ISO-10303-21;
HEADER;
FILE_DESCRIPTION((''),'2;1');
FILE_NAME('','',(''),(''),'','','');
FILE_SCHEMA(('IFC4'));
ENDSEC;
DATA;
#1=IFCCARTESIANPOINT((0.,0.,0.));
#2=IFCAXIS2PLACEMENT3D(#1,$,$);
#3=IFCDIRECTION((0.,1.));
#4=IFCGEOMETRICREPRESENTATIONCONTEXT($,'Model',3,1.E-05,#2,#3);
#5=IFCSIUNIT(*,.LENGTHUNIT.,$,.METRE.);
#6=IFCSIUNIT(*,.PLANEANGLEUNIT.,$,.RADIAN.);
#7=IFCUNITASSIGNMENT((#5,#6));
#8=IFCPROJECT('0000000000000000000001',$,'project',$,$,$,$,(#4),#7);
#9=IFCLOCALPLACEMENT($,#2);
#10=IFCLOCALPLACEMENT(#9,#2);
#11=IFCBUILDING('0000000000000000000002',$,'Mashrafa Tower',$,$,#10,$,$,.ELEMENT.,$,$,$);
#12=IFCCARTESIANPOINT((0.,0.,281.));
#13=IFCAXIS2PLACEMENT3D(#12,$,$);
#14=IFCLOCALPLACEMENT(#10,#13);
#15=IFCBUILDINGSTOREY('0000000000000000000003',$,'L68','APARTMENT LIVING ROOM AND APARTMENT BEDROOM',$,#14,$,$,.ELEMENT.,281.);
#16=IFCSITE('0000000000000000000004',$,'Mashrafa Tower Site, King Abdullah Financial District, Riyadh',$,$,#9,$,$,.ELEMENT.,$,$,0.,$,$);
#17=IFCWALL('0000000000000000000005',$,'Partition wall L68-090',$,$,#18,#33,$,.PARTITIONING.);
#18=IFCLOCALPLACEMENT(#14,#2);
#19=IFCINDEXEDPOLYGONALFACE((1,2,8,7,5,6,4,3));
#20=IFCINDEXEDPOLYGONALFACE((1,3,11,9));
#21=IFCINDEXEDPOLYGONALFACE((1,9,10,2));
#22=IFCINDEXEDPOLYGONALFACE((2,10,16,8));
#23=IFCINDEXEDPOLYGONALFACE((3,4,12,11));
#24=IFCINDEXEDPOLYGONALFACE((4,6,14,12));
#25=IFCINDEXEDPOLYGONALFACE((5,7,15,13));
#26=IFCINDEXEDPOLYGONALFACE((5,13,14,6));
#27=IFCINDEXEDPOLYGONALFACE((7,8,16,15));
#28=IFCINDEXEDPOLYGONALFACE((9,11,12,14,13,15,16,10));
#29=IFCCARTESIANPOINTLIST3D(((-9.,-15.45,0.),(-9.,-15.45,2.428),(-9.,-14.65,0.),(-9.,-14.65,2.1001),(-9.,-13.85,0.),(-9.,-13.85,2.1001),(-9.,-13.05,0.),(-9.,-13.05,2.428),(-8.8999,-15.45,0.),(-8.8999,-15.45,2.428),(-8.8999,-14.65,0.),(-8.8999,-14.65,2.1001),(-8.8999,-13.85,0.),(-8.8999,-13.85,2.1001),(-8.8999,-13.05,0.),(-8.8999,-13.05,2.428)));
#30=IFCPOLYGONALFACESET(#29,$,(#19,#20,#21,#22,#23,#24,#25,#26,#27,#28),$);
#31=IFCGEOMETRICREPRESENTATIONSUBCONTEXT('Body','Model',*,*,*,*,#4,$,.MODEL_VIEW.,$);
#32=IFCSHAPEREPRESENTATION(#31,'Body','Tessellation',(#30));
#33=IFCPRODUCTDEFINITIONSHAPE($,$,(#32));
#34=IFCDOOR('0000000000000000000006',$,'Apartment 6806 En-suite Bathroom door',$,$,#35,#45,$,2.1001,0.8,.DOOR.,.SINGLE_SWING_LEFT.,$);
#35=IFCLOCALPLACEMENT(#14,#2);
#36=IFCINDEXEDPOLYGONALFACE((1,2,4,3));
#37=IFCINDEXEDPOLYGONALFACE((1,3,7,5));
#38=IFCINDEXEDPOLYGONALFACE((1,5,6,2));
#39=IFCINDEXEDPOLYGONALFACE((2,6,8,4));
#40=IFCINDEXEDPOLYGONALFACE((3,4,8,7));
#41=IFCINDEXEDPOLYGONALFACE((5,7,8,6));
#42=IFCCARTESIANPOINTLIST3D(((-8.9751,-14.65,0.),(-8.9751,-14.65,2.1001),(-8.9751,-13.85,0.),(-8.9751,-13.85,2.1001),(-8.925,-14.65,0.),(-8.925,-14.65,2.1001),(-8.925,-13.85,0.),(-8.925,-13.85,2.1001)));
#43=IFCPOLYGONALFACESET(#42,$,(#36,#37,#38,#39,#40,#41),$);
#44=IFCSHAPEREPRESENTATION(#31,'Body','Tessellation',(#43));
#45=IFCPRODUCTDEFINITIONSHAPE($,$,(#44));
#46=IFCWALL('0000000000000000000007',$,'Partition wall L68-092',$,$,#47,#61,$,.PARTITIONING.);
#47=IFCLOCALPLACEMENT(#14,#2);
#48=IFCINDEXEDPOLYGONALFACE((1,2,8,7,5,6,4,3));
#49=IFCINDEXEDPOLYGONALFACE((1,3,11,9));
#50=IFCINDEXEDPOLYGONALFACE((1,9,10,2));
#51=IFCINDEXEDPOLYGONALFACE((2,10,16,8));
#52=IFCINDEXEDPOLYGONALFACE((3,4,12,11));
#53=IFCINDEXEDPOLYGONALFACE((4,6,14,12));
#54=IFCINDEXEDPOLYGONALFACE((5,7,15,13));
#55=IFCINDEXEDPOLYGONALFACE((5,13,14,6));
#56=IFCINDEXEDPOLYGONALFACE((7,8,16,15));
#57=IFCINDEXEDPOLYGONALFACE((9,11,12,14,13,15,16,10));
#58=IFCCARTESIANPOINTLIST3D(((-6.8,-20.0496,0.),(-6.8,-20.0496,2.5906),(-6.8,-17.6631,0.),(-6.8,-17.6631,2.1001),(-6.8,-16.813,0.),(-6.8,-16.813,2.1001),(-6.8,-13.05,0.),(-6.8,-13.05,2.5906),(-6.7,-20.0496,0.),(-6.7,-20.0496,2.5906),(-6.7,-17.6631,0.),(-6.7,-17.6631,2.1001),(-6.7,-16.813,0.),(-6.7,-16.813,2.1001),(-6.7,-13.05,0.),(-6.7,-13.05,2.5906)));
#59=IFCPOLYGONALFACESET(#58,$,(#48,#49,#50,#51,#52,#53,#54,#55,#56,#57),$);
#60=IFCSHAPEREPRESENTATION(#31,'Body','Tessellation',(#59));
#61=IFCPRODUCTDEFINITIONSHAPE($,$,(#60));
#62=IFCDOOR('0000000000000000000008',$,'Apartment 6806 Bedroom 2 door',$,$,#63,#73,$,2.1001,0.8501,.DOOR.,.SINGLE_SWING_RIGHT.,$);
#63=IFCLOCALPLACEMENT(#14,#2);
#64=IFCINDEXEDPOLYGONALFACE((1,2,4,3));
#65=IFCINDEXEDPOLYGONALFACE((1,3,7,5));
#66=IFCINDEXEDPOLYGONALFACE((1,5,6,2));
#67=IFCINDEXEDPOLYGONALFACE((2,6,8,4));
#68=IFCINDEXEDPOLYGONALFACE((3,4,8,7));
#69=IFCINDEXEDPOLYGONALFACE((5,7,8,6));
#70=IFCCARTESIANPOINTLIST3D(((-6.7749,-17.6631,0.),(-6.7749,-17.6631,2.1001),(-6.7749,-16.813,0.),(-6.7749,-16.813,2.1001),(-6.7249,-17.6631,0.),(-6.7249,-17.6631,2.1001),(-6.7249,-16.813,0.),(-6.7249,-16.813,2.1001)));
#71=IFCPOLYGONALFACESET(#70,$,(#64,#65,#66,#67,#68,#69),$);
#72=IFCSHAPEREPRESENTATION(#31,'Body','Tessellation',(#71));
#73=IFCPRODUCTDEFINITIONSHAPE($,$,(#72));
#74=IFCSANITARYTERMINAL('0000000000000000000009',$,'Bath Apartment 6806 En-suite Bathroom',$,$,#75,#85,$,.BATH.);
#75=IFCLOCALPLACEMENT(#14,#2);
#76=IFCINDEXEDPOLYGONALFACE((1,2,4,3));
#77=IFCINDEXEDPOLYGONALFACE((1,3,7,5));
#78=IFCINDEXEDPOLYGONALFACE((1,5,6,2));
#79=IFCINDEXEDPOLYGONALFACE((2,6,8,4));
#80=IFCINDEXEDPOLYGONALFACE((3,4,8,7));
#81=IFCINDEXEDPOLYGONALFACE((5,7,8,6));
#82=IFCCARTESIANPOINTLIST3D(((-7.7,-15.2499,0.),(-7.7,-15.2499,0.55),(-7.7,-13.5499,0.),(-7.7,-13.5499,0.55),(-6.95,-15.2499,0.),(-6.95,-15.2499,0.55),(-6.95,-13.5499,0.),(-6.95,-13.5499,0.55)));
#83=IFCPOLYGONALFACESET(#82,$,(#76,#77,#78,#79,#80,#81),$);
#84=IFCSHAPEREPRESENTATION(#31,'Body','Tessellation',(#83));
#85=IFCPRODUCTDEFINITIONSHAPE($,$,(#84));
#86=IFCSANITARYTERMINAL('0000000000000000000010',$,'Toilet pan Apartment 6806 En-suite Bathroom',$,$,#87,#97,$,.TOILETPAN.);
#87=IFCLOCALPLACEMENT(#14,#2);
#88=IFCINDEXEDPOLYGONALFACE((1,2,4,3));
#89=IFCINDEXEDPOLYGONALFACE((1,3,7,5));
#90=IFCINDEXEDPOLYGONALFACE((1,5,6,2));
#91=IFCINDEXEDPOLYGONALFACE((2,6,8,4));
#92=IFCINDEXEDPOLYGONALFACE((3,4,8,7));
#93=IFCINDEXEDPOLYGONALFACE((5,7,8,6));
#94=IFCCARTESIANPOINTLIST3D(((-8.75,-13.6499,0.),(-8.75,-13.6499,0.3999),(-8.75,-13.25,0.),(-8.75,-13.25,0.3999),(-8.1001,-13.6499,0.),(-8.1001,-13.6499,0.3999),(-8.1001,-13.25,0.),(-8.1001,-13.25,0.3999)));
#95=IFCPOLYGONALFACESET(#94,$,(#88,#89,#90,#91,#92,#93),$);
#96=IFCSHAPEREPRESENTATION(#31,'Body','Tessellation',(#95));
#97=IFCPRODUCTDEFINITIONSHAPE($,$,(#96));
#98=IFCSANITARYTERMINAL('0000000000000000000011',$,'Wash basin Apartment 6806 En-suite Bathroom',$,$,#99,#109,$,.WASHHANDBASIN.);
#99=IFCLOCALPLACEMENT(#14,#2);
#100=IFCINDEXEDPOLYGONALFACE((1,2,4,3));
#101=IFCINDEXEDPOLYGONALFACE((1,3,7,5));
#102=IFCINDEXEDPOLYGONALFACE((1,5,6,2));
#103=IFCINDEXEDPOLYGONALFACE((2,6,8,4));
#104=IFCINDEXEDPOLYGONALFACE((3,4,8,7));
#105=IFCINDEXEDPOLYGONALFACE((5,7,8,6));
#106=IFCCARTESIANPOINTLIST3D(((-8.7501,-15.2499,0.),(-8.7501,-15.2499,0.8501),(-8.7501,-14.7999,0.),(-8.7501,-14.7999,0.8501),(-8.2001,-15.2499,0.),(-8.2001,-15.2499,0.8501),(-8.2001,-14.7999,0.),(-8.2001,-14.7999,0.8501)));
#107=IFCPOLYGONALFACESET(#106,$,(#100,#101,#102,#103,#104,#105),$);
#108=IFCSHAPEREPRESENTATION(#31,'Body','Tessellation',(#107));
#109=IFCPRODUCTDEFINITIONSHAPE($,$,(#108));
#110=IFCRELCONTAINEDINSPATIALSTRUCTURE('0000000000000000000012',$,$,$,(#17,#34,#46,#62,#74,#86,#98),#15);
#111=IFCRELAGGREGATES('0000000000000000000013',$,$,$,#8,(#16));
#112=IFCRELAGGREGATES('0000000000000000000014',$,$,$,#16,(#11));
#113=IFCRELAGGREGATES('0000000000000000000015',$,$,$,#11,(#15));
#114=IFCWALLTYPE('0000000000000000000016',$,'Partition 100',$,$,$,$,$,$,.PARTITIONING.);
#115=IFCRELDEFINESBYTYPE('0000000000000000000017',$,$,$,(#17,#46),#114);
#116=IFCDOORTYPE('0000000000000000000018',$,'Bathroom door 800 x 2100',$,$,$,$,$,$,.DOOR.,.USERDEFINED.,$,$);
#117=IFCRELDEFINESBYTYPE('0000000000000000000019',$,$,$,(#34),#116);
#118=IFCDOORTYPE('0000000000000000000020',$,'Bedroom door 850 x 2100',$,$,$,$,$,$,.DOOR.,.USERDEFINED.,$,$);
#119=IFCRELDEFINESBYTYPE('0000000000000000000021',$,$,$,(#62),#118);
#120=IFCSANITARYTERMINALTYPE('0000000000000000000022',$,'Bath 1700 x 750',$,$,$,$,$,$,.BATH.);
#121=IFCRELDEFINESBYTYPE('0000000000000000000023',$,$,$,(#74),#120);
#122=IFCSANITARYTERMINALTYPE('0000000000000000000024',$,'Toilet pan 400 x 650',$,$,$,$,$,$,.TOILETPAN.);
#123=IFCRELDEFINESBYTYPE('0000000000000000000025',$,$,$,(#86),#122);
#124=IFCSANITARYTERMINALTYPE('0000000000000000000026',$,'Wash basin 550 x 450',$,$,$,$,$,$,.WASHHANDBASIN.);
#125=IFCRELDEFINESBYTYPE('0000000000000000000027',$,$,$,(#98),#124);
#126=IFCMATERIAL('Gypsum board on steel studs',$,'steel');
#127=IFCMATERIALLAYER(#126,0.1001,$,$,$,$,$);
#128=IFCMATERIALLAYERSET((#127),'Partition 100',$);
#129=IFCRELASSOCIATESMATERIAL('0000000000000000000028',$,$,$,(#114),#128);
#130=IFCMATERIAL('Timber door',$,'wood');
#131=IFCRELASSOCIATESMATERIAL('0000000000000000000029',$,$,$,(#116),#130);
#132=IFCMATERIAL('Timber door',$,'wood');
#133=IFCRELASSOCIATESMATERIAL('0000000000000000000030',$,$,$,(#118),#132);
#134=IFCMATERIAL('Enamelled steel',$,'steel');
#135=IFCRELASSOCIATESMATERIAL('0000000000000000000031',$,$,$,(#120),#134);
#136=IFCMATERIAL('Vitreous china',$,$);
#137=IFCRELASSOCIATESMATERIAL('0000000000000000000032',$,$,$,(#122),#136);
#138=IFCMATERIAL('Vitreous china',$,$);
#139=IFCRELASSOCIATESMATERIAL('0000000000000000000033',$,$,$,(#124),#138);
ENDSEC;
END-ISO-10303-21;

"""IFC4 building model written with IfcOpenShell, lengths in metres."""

from ifc_helpers import new_model, si_unit, direction, frame, frame_2d, origin, origin_2d, place, context, subcontext, project, spatial, rectangle, extrude, material, layer, layer_set, type_object, element, fill, save


model = new_model("IFC4")

# Units and contexts
model_context = context("Model", 3, precision=1e-05, world=origin(), true_north=direction((0.0, 1.0)))
body_context = subcontext(model_context, "Body", "Model", "MODEL_VIEW")
ifc_project = project(units=[si_unit("LENGTHUNIT", "METRE"), si_unit("PLANEANGLEUNIT", "RADIAN")], contexts=[model_context])

# Site, building, storey
site_placement = place(None, origin())
site = spatial("IfcSite", under=ifc_project, at=site_placement, Name="Mashrafa Tower Site, King Abdullah Financial District, Riyadh", CompositionType="ELEMENT", RefElevation=0.0)
building_placement = place(site_placement, origin())
building = spatial("IfcBuilding", under=site, at=building_placement, Name="Mashrafa Tower", CompositionType="ELEMENT")
storey_placement = place(building_placement, frame((0.0, 0.0, 281.0)))
storey = spatial("IfcBuildingStorey", under=building, at=storey_placement, Name="L68", Description="APARTMENT LIVING ROOM AND APARTMENT BEDROOM", CompositionType="ELEMENT", Elevation=281.0)

# Walls, openings, doors
ifc_material_1 = material(Name="Gypsum board on steel studs", Category="steel")
ifc_layer_1 = layer(ifc_material_1, 0.1001)
ifc_layer_set_1 = layer_set([ifc_layer_1], Name="Partition 100")
wall_type_1 = type_object("IfcWallType", Name="Partition 100", PredefinedType="PARTITIONING", material=ifc_layer_set_1)
wall_1_placement = place(storey_placement, frame((-8.95, -13.05, 0.0), z_axis=(0.0, 0.0, 1.0), x_axis=(0.0, -1.0, 0.0)))
wall_1 = element("IfcWall", 1, at=wall_1_placement, inside=storey, type_object=wall_type_1, Name="Partition wall L68-090", PredefinedType="PARTITIONING", context=body_context, shape_type="SweptSolid", body=[
    extrude(rectangle(XDim=2.3999, YDim=0.1001, at=frame_2d((1.2, 0.0))), origin(), (0.0, 0.0, 1.0), 2.428),
])
opening_1_placement = place(wall_1_placement, frame((0.8, 0.0, 0.0)))
opening_1 = element("IfcOpeningElement", 2, at=opening_1_placement, cuts=wall_1, PredefinedType="OPENING", context=body_context, shape_type="SweptSolid", body=[
    extrude(rectangle(XDim=0.8, YDim=2.1001, at=frame_2d((0.3999, 1.05))), frame((0.0, 0.0601, 0.0), z_axis=(0.0, -1.0, 0.0), x_axis=(1.0, 0.0, 0.0)), (0.0, 0.0, 1.0), 0.1201),
])
ifc_material_2 = material(Name="Timber door", Category="wood")
door_type_1 = type_object("IfcDoorType", Name="Bathroom door 800 x 2100", OperationType="USERDEFINED", PredefinedType="DOOR", material=ifc_material_2)
door_1_placement = place(opening_1_placement, origin())
door_1 = element("IfcDoor", 3, at=door_1_placement, inside=storey, type_object=door_type_1, Name="Apartment 6806 En-suite Bathroom door", OperationType="SINGLE_SWING_LEFT", OverallHeight=2.1001, OverallWidth=0.8, PredefinedType="DOOR", context=body_context, shape_type="SweptSolid", body=[
    extrude(rectangle(XDim=0.8, YDim=2.1001, at=frame_2d((0.3999, 1.05))), frame((0.0, 0.0249, 0.0), z_axis=(0.0, -1.0, 0.0), x_axis=(1.0, 0.0, 0.0)), (0.0, 0.0, 1.0), 0.05),
])
fill(opening_1, door_1)
wall_2_placement = place(storey_placement, frame((-6.75, -13.05, 0.0), z_axis=(0.0, 0.0, 1.0), x_axis=(0.0, -1.0, 0.0)))
wall_2 = element("IfcWall", 4, at=wall_2_placement, inside=storey, type_object=wall_type_1, Name="Partition wall L68-092", PredefinedType="PARTITIONING", context=body_context, shape_type="SweptSolid", body=[
    extrude(rectangle(XDim=6.9995, YDim=0.1001, at=frame_2d((3.4998, 0.0))), origin(), (0.0, 0.0, 1.0), 2.5906),
])
opening_2_placement = place(wall_2_placement, frame((3.7629, 0.0, 0.0)))
opening_2 = element("IfcOpeningElement", 5, at=opening_2_placement, cuts=wall_2, PredefinedType="OPENING", context=body_context, shape_type="SweptSolid", body=[
    extrude(rectangle(XDim=0.8501, YDim=2.1001, at=frame_2d((0.425, 1.05))), frame((0.0, 0.0601, 0.0), z_axis=(0.0, -1.0, 0.0), x_axis=(1.0, 0.0, 0.0)), (0.0, 0.0, 1.0), 0.1201),
])
ifc_material_3 = material(Name="Timber door", Category="wood")
door_type_2 = type_object("IfcDoorType", Name="Bedroom door 850 x 2100", OperationType="USERDEFINED", PredefinedType="DOOR", material=ifc_material_3)
door_2_placement = place(opening_2_placement, frame((0.8501, 0.0, 0.0), z_axis=(0.0, 0.0, 1.0), x_axis=(-1.0, 0.0, 0.0)))
door_2 = element("IfcDoor", 6, at=door_2_placement, inside=storey, type_object=door_type_2, Name="Apartment 6806 Bedroom 2 door", OperationType="SINGLE_SWING_RIGHT", OverallHeight=2.1001, OverallWidth=0.8501, PredefinedType="DOOR", context=body_context, shape_type="SweptSolid", body=[
    extrude(rectangle(XDim=0.8501, YDim=2.1001, at=frame_2d((0.425, 1.05))), frame((0.0, 0.0249, 0.0), z_axis=(0.0, -1.0, 0.0), x_axis=(1.0, 0.0, 0.0)), (0.0, 0.0, 1.0), 0.05),
])
fill(opening_2, door_2)

# Sanitary terminals
ifc_material_4 = material(Name="Enamelled steel", Category="steel")
sanitary_terminal_type_1 = type_object("IfcSanitaryTerminalType", Name="Bath 1700 x 750", PredefinedType="BATH", material=ifc_material_4)
sanitary_terminal_1_placement = place(storey_placement, frame((-7.325, -14.3999, 0.0), z_axis=(0.0, 0.0, 1.0), x_axis=(0.0, 1.0, 0.0)))
element("IfcSanitaryTerminal", 7, at=sanitary_terminal_1_placement, inside=storey, type_object=sanitary_terminal_type_1, Name="Bath Apartment 6806 En-suite Bathroom", PredefinedType="BATH", context=body_context, shape_type="SweptSolid", body=[
    extrude(rectangle(XDim=1.7, YDim=0.75, at=origin_2d()), origin(), (0.0, 0.0, 1.0), 0.55),
])
ifc_material_5 = material(Name="Vitreous china")
sanitary_terminal_type_2 = type_object("IfcSanitaryTerminalType", Name="Toilet pan 400 x 650", PredefinedType="TOILETPAN", material=ifc_material_5)
sanitary_terminal_2_placement = place(storey_placement, frame((-8.425, -13.45, 0.0), z_axis=(0.0, 0.0, 1.0), x_axis=(0.0, -1.0, 0.0)))
element("IfcSanitaryTerminal", 8, at=sanitary_terminal_2_placement, inside=storey, type_object=sanitary_terminal_type_2, Name="Toilet pan Apartment 6806 En-suite Bathroom", PredefinedType="TOILETPAN", context=body_context, shape_type="SweptSolid", body=[
    extrude(rectangle(XDim=0.3999, YDim=0.6499, at=origin_2d()), origin(), (0.0, 0.0, 1.0), 0.3999),
])
ifc_material_6 = material(Name="Vitreous china")
sanitary_terminal_type_3 = type_object("IfcSanitaryTerminalType", Name="Wash basin 550 x 450", PredefinedType="WASHHANDBASIN", material=ifc_material_6)
sanitary_terminal_3_placement = place(storey_placement, frame((-8.4751, -15.0249, 0.0), z_axis=(0.0, 0.0, 1.0), x_axis=(1.0, 0.0, 0.0)))
element("IfcSanitaryTerminal", 9, at=sanitary_terminal_3_placement, inside=storey, type_object=sanitary_terminal_type_3, Name="Wash basin Apartment 6806 En-suite Bathroom", PredefinedType="WASHHANDBASIN", context=body_context, shape_type="SweptSolid", body=[
    extrude(rectangle(XDim=0.55, YDim=0.45, at=origin_2d()), origin(), (0.0, 0.0, 1.0), 0.8501),
])

save(model, "model.ifc")
